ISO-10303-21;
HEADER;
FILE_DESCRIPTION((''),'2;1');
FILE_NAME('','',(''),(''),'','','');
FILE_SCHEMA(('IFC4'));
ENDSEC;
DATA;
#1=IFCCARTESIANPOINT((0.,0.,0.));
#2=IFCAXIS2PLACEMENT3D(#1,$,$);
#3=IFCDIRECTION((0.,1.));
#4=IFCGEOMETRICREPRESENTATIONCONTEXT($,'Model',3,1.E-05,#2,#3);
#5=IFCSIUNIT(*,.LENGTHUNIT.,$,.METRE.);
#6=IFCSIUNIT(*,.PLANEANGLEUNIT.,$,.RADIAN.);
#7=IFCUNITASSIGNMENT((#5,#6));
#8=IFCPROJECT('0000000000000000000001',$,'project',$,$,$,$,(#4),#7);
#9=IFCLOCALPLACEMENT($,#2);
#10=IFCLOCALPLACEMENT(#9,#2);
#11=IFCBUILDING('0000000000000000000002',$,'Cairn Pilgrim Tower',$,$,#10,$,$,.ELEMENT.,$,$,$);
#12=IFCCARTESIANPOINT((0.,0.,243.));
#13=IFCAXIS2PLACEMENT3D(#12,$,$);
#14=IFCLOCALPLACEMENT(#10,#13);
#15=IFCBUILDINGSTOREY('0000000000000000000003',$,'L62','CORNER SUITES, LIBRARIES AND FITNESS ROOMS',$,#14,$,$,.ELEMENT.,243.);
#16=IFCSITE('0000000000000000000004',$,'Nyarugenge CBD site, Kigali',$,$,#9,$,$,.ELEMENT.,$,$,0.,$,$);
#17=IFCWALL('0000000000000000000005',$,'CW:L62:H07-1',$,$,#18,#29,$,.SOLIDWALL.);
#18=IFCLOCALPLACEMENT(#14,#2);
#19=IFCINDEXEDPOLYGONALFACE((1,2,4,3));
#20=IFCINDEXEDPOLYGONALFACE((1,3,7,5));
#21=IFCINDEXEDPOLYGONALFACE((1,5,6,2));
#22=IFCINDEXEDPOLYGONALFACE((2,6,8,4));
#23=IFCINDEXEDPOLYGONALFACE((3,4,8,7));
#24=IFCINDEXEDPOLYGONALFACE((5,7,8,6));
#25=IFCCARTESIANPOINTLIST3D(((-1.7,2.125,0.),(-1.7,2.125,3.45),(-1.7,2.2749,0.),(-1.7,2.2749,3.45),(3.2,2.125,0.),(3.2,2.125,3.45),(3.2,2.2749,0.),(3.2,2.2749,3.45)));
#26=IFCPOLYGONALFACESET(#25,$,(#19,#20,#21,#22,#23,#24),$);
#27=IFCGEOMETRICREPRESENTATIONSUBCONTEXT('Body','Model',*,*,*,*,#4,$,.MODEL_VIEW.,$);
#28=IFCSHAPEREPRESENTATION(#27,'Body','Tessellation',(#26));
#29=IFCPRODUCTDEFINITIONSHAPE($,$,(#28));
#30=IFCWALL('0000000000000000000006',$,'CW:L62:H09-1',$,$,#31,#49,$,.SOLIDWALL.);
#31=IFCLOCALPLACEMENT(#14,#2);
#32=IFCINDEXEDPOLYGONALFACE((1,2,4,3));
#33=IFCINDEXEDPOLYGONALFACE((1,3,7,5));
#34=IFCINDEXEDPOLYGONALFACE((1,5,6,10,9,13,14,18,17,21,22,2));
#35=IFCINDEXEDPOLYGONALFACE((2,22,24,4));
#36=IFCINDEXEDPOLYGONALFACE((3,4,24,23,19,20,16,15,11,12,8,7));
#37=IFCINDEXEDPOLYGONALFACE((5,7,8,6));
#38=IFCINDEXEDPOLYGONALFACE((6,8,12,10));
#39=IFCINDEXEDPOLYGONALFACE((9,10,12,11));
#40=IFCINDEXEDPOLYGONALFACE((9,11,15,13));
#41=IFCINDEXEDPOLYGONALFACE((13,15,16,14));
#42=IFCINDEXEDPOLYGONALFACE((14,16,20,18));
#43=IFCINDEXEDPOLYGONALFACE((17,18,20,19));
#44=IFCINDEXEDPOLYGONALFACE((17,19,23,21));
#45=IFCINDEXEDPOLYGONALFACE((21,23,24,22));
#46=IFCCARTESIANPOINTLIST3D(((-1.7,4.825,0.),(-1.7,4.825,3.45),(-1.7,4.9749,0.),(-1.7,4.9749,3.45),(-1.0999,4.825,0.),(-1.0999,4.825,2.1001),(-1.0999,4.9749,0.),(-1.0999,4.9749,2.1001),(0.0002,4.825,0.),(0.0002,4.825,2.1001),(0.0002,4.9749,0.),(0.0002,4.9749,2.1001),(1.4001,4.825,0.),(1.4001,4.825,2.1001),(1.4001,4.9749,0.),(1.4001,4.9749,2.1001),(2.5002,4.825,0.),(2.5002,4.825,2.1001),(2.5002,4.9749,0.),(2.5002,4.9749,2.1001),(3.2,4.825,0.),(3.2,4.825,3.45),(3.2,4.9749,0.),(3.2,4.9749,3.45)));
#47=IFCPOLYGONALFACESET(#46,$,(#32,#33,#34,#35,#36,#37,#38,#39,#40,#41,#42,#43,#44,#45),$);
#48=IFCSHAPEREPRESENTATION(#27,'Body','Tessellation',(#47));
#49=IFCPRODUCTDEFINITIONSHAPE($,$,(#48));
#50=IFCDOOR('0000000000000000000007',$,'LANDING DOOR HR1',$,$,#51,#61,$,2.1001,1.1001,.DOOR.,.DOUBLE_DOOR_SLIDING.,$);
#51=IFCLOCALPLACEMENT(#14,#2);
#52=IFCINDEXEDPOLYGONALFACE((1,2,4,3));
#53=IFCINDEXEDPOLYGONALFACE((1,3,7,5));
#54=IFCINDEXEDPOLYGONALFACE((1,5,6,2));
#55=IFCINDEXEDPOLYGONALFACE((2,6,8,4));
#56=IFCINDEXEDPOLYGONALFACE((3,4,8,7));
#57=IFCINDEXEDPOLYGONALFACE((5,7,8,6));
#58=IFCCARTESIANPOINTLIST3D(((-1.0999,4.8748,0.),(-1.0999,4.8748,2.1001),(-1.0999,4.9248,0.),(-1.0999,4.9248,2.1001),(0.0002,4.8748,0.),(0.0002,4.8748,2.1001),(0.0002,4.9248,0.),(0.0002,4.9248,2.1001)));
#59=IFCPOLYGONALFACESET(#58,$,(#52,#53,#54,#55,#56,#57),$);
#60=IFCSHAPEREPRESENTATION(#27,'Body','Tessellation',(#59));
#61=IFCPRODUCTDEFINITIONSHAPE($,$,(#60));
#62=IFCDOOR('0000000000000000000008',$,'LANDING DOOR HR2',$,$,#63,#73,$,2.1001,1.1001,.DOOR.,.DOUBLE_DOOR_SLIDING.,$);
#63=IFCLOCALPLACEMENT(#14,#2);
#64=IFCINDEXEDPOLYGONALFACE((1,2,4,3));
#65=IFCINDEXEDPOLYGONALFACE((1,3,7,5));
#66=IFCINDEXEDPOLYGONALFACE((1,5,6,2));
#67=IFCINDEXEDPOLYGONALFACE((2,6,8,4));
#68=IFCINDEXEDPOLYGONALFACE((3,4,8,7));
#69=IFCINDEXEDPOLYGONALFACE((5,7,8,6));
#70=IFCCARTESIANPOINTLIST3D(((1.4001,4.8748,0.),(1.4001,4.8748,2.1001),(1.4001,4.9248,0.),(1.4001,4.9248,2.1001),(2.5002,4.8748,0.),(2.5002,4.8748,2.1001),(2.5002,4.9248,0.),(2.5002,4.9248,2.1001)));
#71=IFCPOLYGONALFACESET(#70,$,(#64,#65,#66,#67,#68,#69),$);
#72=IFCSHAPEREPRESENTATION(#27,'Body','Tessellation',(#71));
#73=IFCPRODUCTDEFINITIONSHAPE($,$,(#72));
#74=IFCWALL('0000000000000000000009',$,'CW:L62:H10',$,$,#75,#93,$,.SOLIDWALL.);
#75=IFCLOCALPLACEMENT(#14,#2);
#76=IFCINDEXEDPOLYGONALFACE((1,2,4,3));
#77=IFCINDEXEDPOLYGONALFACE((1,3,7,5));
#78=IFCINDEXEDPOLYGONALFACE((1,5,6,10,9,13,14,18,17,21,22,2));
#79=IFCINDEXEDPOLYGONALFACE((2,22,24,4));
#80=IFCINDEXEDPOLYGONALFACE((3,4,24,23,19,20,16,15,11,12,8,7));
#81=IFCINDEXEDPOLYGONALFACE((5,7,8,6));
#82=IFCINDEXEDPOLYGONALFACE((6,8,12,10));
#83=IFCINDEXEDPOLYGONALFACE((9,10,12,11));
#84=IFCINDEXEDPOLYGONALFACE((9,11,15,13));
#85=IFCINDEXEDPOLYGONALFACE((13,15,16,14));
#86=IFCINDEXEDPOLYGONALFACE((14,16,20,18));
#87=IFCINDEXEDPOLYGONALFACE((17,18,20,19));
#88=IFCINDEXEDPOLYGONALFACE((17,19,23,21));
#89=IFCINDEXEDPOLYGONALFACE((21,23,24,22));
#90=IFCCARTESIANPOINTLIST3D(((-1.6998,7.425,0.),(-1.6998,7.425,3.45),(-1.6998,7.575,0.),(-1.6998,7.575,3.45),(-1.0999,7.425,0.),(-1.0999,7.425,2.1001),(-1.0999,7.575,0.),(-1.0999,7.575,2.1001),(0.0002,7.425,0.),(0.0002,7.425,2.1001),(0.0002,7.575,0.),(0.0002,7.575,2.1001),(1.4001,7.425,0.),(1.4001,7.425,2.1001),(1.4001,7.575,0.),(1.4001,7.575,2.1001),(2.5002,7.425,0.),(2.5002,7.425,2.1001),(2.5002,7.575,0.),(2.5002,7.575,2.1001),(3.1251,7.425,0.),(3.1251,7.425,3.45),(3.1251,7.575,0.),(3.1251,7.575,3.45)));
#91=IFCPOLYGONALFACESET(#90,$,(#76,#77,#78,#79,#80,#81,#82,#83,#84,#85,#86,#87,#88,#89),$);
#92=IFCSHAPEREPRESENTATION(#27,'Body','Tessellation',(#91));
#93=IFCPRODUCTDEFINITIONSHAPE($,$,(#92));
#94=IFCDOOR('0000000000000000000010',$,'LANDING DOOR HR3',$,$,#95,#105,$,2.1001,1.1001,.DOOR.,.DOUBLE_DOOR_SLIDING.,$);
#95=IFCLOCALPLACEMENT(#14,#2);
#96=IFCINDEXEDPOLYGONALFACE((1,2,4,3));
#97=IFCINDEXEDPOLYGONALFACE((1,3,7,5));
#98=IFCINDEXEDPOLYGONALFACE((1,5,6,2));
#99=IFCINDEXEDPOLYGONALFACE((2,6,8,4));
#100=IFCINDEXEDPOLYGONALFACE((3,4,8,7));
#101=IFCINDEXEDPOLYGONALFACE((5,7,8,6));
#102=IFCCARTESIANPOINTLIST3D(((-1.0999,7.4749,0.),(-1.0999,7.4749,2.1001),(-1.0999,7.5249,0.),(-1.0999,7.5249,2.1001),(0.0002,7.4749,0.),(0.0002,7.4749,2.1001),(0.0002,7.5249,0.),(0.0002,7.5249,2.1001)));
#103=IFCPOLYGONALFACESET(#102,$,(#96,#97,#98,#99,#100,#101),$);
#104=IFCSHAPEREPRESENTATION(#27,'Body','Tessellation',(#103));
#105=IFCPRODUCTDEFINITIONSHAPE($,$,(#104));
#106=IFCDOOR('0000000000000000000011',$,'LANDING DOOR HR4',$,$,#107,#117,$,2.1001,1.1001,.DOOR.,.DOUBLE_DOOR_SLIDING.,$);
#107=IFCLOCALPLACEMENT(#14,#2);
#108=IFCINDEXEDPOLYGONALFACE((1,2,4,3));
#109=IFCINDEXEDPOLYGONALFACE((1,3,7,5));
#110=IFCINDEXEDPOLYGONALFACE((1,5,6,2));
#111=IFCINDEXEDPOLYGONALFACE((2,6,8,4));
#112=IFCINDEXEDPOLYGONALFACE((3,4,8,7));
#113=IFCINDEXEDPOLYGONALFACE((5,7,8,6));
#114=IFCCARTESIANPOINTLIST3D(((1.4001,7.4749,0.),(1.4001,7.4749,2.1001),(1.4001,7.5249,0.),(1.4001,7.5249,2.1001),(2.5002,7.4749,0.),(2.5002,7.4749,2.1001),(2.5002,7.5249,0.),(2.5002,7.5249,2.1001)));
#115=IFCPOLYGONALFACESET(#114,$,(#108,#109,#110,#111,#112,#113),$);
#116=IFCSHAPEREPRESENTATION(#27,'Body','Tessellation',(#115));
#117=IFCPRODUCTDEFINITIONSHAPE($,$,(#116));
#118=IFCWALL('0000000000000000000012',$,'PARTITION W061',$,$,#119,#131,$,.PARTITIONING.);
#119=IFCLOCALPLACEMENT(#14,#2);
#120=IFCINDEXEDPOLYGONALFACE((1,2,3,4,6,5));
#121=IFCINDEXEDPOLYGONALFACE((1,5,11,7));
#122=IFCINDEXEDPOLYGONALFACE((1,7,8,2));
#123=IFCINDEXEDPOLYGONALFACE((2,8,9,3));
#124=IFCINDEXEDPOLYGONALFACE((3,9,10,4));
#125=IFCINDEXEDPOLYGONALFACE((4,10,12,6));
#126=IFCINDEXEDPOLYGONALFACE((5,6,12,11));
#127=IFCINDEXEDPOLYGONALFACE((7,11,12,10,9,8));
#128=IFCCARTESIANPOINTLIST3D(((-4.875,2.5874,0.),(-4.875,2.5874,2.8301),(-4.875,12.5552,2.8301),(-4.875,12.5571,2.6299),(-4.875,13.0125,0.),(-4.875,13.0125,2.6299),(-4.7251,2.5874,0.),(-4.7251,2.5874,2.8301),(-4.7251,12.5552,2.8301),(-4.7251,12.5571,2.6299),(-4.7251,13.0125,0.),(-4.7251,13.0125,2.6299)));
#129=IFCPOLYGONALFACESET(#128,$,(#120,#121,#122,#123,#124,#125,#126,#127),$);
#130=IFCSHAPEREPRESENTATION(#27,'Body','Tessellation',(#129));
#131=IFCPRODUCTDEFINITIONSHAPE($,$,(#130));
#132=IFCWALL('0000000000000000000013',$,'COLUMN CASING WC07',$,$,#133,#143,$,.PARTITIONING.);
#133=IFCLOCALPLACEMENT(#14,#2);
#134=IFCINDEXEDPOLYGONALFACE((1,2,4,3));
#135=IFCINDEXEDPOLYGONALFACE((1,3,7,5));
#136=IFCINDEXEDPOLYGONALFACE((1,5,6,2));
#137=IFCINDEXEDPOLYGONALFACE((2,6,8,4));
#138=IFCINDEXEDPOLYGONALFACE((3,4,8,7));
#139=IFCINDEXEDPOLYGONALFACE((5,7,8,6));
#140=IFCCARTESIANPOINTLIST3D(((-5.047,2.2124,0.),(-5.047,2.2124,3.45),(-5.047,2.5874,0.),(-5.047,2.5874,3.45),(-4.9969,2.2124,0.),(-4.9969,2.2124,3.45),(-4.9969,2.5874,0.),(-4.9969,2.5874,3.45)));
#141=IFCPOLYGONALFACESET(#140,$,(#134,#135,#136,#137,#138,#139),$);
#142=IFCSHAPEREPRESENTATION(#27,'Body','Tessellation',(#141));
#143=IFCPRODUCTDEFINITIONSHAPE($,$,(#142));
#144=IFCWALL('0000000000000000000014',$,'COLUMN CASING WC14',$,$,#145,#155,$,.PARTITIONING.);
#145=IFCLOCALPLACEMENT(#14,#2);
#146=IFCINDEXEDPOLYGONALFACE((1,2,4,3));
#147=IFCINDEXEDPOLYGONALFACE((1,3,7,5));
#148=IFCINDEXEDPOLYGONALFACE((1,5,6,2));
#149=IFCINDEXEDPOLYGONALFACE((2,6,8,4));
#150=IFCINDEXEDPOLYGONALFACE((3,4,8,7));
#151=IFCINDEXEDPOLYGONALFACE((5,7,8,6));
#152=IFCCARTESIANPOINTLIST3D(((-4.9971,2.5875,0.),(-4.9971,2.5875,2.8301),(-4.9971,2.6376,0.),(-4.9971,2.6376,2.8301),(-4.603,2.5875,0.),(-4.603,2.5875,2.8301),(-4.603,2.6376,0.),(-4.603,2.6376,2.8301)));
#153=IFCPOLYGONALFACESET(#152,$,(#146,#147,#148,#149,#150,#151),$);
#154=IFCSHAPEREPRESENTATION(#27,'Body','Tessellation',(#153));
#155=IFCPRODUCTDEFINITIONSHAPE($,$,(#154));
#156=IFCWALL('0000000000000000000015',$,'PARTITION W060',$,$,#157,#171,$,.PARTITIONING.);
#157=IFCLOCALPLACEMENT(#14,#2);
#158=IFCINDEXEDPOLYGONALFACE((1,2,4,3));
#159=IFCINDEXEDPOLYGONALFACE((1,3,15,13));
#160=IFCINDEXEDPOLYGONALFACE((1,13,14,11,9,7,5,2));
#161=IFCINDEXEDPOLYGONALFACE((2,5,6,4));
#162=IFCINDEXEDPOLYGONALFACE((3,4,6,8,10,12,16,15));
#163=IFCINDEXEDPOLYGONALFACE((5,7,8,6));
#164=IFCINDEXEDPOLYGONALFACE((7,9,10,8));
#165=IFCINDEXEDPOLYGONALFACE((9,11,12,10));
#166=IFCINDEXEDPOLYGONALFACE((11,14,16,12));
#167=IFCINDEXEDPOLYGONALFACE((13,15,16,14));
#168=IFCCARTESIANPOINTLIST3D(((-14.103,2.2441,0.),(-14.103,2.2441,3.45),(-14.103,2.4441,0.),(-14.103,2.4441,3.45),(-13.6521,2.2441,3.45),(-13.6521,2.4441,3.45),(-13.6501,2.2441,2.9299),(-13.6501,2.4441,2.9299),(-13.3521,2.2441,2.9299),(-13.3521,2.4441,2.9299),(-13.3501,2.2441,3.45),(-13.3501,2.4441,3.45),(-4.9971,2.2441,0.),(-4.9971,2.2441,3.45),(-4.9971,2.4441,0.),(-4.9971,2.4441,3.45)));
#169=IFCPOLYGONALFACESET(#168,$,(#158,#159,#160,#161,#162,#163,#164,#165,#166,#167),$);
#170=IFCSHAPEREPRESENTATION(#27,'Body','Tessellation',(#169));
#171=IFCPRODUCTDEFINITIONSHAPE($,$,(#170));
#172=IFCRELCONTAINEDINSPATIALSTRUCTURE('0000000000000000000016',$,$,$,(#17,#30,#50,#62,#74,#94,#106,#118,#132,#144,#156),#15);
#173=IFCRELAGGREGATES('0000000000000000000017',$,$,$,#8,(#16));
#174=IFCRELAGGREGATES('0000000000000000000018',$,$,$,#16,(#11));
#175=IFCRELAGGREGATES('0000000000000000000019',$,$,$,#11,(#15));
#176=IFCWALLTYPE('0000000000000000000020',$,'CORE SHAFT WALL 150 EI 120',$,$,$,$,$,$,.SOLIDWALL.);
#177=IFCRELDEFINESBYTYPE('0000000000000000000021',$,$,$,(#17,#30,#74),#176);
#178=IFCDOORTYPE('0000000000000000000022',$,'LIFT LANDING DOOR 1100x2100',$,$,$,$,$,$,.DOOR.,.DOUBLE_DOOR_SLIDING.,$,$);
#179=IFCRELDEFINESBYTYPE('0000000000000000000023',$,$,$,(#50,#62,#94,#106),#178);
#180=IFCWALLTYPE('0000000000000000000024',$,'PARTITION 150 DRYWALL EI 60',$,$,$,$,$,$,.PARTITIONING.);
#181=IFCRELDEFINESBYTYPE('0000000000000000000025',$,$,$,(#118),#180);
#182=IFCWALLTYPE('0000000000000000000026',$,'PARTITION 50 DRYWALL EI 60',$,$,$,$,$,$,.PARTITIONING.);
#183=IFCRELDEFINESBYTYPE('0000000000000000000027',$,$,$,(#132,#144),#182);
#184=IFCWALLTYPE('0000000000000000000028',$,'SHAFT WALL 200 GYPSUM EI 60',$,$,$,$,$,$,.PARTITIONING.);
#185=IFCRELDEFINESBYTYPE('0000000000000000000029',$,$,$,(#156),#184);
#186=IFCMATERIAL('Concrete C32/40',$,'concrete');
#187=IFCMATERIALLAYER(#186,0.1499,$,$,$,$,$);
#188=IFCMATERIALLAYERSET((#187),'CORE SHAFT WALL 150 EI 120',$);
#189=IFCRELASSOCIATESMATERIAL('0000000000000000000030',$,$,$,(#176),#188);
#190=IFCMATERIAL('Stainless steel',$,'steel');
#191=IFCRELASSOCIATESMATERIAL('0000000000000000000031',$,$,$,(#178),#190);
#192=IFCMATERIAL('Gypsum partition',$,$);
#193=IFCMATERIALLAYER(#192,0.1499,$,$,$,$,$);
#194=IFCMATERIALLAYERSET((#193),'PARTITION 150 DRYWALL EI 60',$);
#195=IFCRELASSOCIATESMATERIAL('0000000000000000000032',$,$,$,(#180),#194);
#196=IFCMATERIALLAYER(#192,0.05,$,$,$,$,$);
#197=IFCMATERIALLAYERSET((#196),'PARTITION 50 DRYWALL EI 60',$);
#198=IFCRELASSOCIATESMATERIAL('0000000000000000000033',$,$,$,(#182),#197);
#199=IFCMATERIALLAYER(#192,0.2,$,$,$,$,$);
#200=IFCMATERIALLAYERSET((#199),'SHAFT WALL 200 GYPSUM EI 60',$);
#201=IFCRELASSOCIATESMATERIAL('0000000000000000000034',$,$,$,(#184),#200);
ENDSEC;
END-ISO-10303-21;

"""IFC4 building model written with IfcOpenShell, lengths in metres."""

from ifc_helpers import new_model, si_unit, direction, frame, frame_2d, origin, place, context, subcontext, project, spatial, polyline, rectangle, outline, extrude, material, layer, layer_set, type_object, element, fill, save


model = new_model("IFC4")

# Units and contexts
model_context = context("Model", 3, precision=1e-05, world=origin(), true_north=direction((0.0, 1.0)))
body_context = subcontext(model_context, "Body", "Model", "MODEL_VIEW")
ifc_project = project(units=[si_unit("LENGTHUNIT", "METRE"), si_unit("PLANEANGLEUNIT", "RADIAN")], contexts=[model_context])

# Site, building, storey
site_placement = place(None, origin())
site = spatial("IfcSite", under=ifc_project, at=site_placement, Name="Nyarugenge CBD site, Kigali", CompositionType="ELEMENT", RefElevation=0.0)
building_placement = place(site_placement, origin())
building = spatial("IfcBuilding", under=site, at=building_placement, Name="Cairn Pilgrim Tower", CompositionType="ELEMENT")
storey_placement = place(building_placement, frame((0.0, 0.0, 243.0)))
storey = spatial("IfcBuildingStorey", under=building, at=storey_placement, Name="L62", Description="CORNER SUITES, LIBRARIES AND FITNESS ROOMS", CompositionType="ELEMENT", Elevation=243.0)

# Shared definitions
ifc_material_1 = material(Name="Concrete C32/40", Category="concrete")

# Wall
ifc_layer_1 = layer(ifc_material_1, 0.1499)
ifc_layer_set_1 = layer_set([ifc_layer_1], Name="CORE SHAFT WALL 150 EI 120")
wall_type_1 = type_object("IfcWallType", Name="CORE SHAFT WALL 150 EI 120", PredefinedType="SOLIDWALL", material=ifc_layer_set_1)
wall_1_placement = place(storey_placement, frame((-1.7, 2.2, 0.0), z_axis=(0.0, 0.0, 1.0), x_axis=(1.0, 0.0, 0.0)))
element("IfcWall", 1, at=wall_1_placement, inside=storey, type_object=wall_type_1, Name="CW:L62:H07-1", PredefinedType="SOLIDWALL", context=body_context, shape_type="SweptSolid", body=[
    extrude(rectangle(XDim=4.8999, YDim=0.1499, at=frame_2d((2.45, 0.0))), origin(), (0.0, 0.0, 1.0), 3.45),
])

# Walls, openings, doors
wall_2_placement = place(storey_placement, frame((-1.7, 4.8999, 0.0), z_axis=(0.0, 0.0, 1.0), x_axis=(1.0, 0.0, 0.0)))
wall_2 = element("IfcWall", 2, at=wall_2_placement, inside=storey, type_object=wall_type_1, Name="CW:L62:H09-1", PredefinedType="SOLIDWALL", context=body_context, shape_type="SweptSolid", body=[
    extrude(rectangle(XDim=4.8999, YDim=0.1499, at=frame_2d((2.45, 0.0))), origin(), (0.0, 0.0, 1.0), 3.45),
])
opening_1_placement = place(wall_2_placement, frame((0.6001, 0.0, 0.0)))
opening_1 = element("IfcOpeningElement", 3, at=opening_1_placement, cuts=wall_2, PredefinedType="OPENING", context=body_context, shape_type="SweptSolid", body=[
    extrude(rectangle(XDim=1.1001, YDim=2.1001, at=frame_2d((0.55, 1.05))), frame((0.0, 0.085, 0.0), z_axis=(0.0, -1.0, 0.0), x_axis=(1.0, 0.0, 0.0)), (0.0, 0.0, 1.0), 0.1699),
])
opening_2_placement = place(wall_2_placement, frame((3.1001, 0.0, 0.0)))
opening_2 = element("IfcOpeningElement", 4, at=opening_2_placement, cuts=wall_2, PredefinedType="OPENING", context=body_context, shape_type="SweptSolid", body=[
    extrude(rectangle(XDim=1.1001, YDim=2.1001, at=frame_2d((0.55, 1.05))), frame((0.0, 0.085, 0.0), z_axis=(0.0, -1.0, 0.0), x_axis=(1.0, 0.0, 0.0)), (0.0, 0.0, 1.0), 0.1699),
])
ifc_material_2 = material(Name="Stainless steel", Category="steel")
door_type = type_object("IfcDoorType", Name="LIFT LANDING DOOR 1100x2100", OperationType="DOUBLE_DOOR_SLIDING", PredefinedType="DOOR", material=ifc_material_2)
door_1_placement = place(opening_1_placement, origin())
door_1 = element("IfcDoor", 5, at=door_1_placement, inside=storey, type_object=door_type, Name="LANDING DOOR HR1", OperationType="DOUBLE_DOOR_SLIDING", OverallHeight=2.1001, OverallWidth=1.1001, PredefinedType="DOOR", context=body_context, shape_type="SweptSolid", body=[
    extrude(rectangle(XDim=1.1001, YDim=2.1001, at=frame_2d((0.55, 1.05))), frame((0.0, 0.0249, 0.0), z_axis=(0.0, -1.0, 0.0), x_axis=(1.0, 0.0, 0.0)), (0.0, 0.0, 1.0), 0.05),
])
fill(opening_1, door_1)
door_2_placement = place(opening_2_placement, origin())
door_2 = element("IfcDoor", 6, at=door_2_placement, inside=storey, type_object=door_type, Name="LANDING DOOR HR2", OperationType="DOUBLE_DOOR_SLIDING", OverallHeight=2.1001, OverallWidth=1.1001, PredefinedType="DOOR", context=body_context, shape_type="SweptSolid", body=[
    extrude(rectangle(XDim=1.1001, YDim=2.1001, at=frame_2d((0.55, 1.05))), frame((0.0, 0.0249, 0.0), z_axis=(0.0, -1.0, 0.0), x_axis=(1.0, 0.0, 0.0)), (0.0, 0.0, 1.0), 0.05),
])
fill(opening_2, door_2)
wall_3_placement = place(storey_placement, frame((-1.7, 7.5, 0.0), z_axis=(0.0, 0.0, 1.0), x_axis=(1.0, 0.0, 0.0)))
wall_3 = element("IfcWall", 7, at=wall_3_placement, inside=storey, type_object=wall_type_1, Name="CW:L62:H10", PredefinedType="SOLIDWALL", context=body_context, shape_type="SweptSolid", body=[
    extrude(rectangle(XDim=4.825, YDim=0.1499, at=frame_2d((2.4126, 0.0))), origin(), (0.0, 0.0, 1.0), 3.45),
])
opening_3_placement = place(wall_3_placement, frame((0.6001, 0.0, 0.0)))
opening_3 = element("IfcOpeningElement", 8, at=opening_3_placement, cuts=wall_3, PredefinedType="OPENING", context=body_context, shape_type="SweptSolid", body=[
    extrude(rectangle(XDim=1.1001, YDim=2.1001, at=frame_2d((0.55, 1.05))), frame((0.0, 0.085, 0.0), z_axis=(0.0, -1.0, 0.0), x_axis=(1.0, 0.0, 0.0)), (0.0, 0.0, 1.0), 0.1699),
])
opening_4_placement = place(wall_3_placement, frame((3.1001, 0.0, 0.0)))
opening_4 = element("IfcOpeningElement", 9, at=opening_4_placement, cuts=wall_3, PredefinedType="OPENING", context=body_context, shape_type="SweptSolid", body=[
    extrude(rectangle(XDim=1.1001, YDim=2.1001, at=frame_2d((0.55, 1.05))), frame((0.0, 0.085, 0.0), z_axis=(0.0, -1.0, 0.0), x_axis=(1.0, 0.0, 0.0)), (0.0, 0.0, 1.0), 0.1699),
])
door_3_placement = place(opening_3_placement, origin())
door_3 = element("IfcDoor", 10, at=door_3_placement, inside=storey, type_object=door_type, Name="LANDING DOOR HR3", OperationType="DOUBLE_DOOR_SLIDING", OverallHeight=2.1001, OverallWidth=1.1001, PredefinedType="DOOR", context=body_context, shape_type="SweptSolid", body=[
    extrude(rectangle(XDim=1.1001, YDim=2.1001, at=frame_2d((0.55, 1.05))), frame((0.0, 0.0249, 0.0), z_axis=(0.0, -1.0, 0.0), x_axis=(1.0, 0.0, 0.0)), (0.0, 0.0, 1.0), 0.05),
])
fill(opening_3, door_3)
door_4_placement = place(opening_4_placement, origin())
door_4 = element("IfcDoor", 11, at=door_4_placement, inside=storey, type_object=door_type, Name="LANDING DOOR HR4", OperationType="DOUBLE_DOOR_SLIDING", OverallHeight=2.1001, OverallWidth=1.1001, PredefinedType="DOOR", context=body_context, shape_type="SweptSolid", body=[
    extrude(rectangle(XDim=1.1001, YDim=2.1001, at=frame_2d((0.55, 1.05))), frame((0.0, 0.0249, 0.0), z_axis=(0.0, -1.0, 0.0), x_axis=(1.0, 0.0, 0.0)), (0.0, 0.0, 1.0), 0.05),
])
fill(opening_4, door_4)

# Walls
ifc_material_3 = material(Name="Gypsum partition")
ifc_layer_2 = layer(ifc_material_3, 0.1499)
ifc_layer_set_2 = layer_set([ifc_layer_2], Name="PARTITION 150 DRYWALL EI 60")
wall_type_2 = type_object("IfcWallType", Name="PARTITION 150 DRYWALL EI 60", PredefinedType="PARTITIONING", material=ifc_layer_set_2)
wall_4_placement = place(storey_placement, frame((-4.8, 2.5874, 0.0), z_axis=(0.0, 0.0, 1.0), x_axis=(0.0, 1.0, 0.0)))
element("IfcWall", 12, at=wall_4_placement, inside=storey, type_object=wall_type_2, Name="PARTITION W061", PredefinedType="PARTITIONING", context=body_context, shape_type="SweptSolid", body=[
    extrude(outline(polyline([(0.0, 0.0), (10.425, 0.0), (10.425, 2.6299), (9.9697, 2.6299), (9.9678, 2.8301), (0.0, 2.8301), (0.0, 0.0)])), frame((0.0, 0.075, 0.0), z_axis=(0.0, -1.0, 0.0), x_axis=(1.0, 0.0, 0.0)), (0.0, 0.0, 1.0), 0.1499),
])
ifc_layer_3 = layer(ifc_material_3, 0.05)
ifc_layer_set_3 = layer_set([ifc_layer_3], Name="PARTITION 50 DRYWALL EI 60")
wall_type_3 = type_object("IfcWallType", Name="PARTITION 50 DRYWALL EI 60", PredefinedType="PARTITIONING", material=ifc_layer_set_3)
wall_5_placement = place(storey_placement, frame((-5.022, 2.2124, 0.0), z_axis=(0.0, 0.0, 1.0), x_axis=(0.0, 1.0, 0.0)))
element("IfcWall", 13, at=wall_5_placement, inside=storey, type_object=wall_type_3, Name="COLUMN CASING WC07", PredefinedType="PARTITIONING", context=body_context, shape_type="SweptSolid", body=[
    extrude(rectangle(XDim=0.375, YDim=0.05, at=frame_2d((0.1875, 0.0))), origin(), (0.0, 0.0, 1.0), 3.45),
])
wall_6_placement = place(storey_placement, frame((-4.9971, 2.6125, 0.0), z_axis=(0.0, 0.0, 1.0), x_axis=(1.0, 0.0, 0.0)))
element("IfcWall", 14, at=wall_6_placement, inside=storey, type_object=wall_type_3, Name="COLUMN CASING WC14", PredefinedType="PARTITIONING", context=body_context, shape_type="SweptSolid", body=[
    extrude(rectangle(XDim=0.394, YDim=0.05, at=frame_2d((0.197, 0.0))), origin(), (0.0, 0.0, 1.0), 2.8301),
])
ifc_layer_4 = layer(ifc_material_3, 0.2)
ifc_layer_set_4 = layer_set([ifc_layer_4], Name="SHAFT WALL 200 GYPSUM EI 60")
wall_type_4 = type_object("IfcWallType", Name="SHAFT WALL 200 GYPSUM EI 60", PredefinedType="PARTITIONING", material=ifc_layer_set_4)
wall_7_placement = place(storey_placement, frame((-14.103, 2.344, 0.0), z_axis=(0.0, 0.0, 1.0), x_axis=(1.0, 0.0, 0.0)))
element("IfcWall", 15, at=wall_7_placement, inside=storey, type_object=wall_type_4, Name="PARTITION W060", PredefinedType="PARTITIONING", context=body_context, shape_type="SweptSolid", body=[
    extrude(outline(polyline([(0.0, 0.0), (9.106, 0.0), (9.106, 3.45), (0.7529, 3.45), (0.751, 2.9299), (0.4529, 2.9299), (0.4509, 3.45), (0.0, 3.45), (0.0, 0.0)])), frame((0.0, 0.1001, 0.0), z_axis=(0.0, -1.0, 0.0), x_axis=(1.0, 0.0, 0.0)), (0.0, 0.0, 1.0), 0.2),
])

save(model, "model.ifc")
